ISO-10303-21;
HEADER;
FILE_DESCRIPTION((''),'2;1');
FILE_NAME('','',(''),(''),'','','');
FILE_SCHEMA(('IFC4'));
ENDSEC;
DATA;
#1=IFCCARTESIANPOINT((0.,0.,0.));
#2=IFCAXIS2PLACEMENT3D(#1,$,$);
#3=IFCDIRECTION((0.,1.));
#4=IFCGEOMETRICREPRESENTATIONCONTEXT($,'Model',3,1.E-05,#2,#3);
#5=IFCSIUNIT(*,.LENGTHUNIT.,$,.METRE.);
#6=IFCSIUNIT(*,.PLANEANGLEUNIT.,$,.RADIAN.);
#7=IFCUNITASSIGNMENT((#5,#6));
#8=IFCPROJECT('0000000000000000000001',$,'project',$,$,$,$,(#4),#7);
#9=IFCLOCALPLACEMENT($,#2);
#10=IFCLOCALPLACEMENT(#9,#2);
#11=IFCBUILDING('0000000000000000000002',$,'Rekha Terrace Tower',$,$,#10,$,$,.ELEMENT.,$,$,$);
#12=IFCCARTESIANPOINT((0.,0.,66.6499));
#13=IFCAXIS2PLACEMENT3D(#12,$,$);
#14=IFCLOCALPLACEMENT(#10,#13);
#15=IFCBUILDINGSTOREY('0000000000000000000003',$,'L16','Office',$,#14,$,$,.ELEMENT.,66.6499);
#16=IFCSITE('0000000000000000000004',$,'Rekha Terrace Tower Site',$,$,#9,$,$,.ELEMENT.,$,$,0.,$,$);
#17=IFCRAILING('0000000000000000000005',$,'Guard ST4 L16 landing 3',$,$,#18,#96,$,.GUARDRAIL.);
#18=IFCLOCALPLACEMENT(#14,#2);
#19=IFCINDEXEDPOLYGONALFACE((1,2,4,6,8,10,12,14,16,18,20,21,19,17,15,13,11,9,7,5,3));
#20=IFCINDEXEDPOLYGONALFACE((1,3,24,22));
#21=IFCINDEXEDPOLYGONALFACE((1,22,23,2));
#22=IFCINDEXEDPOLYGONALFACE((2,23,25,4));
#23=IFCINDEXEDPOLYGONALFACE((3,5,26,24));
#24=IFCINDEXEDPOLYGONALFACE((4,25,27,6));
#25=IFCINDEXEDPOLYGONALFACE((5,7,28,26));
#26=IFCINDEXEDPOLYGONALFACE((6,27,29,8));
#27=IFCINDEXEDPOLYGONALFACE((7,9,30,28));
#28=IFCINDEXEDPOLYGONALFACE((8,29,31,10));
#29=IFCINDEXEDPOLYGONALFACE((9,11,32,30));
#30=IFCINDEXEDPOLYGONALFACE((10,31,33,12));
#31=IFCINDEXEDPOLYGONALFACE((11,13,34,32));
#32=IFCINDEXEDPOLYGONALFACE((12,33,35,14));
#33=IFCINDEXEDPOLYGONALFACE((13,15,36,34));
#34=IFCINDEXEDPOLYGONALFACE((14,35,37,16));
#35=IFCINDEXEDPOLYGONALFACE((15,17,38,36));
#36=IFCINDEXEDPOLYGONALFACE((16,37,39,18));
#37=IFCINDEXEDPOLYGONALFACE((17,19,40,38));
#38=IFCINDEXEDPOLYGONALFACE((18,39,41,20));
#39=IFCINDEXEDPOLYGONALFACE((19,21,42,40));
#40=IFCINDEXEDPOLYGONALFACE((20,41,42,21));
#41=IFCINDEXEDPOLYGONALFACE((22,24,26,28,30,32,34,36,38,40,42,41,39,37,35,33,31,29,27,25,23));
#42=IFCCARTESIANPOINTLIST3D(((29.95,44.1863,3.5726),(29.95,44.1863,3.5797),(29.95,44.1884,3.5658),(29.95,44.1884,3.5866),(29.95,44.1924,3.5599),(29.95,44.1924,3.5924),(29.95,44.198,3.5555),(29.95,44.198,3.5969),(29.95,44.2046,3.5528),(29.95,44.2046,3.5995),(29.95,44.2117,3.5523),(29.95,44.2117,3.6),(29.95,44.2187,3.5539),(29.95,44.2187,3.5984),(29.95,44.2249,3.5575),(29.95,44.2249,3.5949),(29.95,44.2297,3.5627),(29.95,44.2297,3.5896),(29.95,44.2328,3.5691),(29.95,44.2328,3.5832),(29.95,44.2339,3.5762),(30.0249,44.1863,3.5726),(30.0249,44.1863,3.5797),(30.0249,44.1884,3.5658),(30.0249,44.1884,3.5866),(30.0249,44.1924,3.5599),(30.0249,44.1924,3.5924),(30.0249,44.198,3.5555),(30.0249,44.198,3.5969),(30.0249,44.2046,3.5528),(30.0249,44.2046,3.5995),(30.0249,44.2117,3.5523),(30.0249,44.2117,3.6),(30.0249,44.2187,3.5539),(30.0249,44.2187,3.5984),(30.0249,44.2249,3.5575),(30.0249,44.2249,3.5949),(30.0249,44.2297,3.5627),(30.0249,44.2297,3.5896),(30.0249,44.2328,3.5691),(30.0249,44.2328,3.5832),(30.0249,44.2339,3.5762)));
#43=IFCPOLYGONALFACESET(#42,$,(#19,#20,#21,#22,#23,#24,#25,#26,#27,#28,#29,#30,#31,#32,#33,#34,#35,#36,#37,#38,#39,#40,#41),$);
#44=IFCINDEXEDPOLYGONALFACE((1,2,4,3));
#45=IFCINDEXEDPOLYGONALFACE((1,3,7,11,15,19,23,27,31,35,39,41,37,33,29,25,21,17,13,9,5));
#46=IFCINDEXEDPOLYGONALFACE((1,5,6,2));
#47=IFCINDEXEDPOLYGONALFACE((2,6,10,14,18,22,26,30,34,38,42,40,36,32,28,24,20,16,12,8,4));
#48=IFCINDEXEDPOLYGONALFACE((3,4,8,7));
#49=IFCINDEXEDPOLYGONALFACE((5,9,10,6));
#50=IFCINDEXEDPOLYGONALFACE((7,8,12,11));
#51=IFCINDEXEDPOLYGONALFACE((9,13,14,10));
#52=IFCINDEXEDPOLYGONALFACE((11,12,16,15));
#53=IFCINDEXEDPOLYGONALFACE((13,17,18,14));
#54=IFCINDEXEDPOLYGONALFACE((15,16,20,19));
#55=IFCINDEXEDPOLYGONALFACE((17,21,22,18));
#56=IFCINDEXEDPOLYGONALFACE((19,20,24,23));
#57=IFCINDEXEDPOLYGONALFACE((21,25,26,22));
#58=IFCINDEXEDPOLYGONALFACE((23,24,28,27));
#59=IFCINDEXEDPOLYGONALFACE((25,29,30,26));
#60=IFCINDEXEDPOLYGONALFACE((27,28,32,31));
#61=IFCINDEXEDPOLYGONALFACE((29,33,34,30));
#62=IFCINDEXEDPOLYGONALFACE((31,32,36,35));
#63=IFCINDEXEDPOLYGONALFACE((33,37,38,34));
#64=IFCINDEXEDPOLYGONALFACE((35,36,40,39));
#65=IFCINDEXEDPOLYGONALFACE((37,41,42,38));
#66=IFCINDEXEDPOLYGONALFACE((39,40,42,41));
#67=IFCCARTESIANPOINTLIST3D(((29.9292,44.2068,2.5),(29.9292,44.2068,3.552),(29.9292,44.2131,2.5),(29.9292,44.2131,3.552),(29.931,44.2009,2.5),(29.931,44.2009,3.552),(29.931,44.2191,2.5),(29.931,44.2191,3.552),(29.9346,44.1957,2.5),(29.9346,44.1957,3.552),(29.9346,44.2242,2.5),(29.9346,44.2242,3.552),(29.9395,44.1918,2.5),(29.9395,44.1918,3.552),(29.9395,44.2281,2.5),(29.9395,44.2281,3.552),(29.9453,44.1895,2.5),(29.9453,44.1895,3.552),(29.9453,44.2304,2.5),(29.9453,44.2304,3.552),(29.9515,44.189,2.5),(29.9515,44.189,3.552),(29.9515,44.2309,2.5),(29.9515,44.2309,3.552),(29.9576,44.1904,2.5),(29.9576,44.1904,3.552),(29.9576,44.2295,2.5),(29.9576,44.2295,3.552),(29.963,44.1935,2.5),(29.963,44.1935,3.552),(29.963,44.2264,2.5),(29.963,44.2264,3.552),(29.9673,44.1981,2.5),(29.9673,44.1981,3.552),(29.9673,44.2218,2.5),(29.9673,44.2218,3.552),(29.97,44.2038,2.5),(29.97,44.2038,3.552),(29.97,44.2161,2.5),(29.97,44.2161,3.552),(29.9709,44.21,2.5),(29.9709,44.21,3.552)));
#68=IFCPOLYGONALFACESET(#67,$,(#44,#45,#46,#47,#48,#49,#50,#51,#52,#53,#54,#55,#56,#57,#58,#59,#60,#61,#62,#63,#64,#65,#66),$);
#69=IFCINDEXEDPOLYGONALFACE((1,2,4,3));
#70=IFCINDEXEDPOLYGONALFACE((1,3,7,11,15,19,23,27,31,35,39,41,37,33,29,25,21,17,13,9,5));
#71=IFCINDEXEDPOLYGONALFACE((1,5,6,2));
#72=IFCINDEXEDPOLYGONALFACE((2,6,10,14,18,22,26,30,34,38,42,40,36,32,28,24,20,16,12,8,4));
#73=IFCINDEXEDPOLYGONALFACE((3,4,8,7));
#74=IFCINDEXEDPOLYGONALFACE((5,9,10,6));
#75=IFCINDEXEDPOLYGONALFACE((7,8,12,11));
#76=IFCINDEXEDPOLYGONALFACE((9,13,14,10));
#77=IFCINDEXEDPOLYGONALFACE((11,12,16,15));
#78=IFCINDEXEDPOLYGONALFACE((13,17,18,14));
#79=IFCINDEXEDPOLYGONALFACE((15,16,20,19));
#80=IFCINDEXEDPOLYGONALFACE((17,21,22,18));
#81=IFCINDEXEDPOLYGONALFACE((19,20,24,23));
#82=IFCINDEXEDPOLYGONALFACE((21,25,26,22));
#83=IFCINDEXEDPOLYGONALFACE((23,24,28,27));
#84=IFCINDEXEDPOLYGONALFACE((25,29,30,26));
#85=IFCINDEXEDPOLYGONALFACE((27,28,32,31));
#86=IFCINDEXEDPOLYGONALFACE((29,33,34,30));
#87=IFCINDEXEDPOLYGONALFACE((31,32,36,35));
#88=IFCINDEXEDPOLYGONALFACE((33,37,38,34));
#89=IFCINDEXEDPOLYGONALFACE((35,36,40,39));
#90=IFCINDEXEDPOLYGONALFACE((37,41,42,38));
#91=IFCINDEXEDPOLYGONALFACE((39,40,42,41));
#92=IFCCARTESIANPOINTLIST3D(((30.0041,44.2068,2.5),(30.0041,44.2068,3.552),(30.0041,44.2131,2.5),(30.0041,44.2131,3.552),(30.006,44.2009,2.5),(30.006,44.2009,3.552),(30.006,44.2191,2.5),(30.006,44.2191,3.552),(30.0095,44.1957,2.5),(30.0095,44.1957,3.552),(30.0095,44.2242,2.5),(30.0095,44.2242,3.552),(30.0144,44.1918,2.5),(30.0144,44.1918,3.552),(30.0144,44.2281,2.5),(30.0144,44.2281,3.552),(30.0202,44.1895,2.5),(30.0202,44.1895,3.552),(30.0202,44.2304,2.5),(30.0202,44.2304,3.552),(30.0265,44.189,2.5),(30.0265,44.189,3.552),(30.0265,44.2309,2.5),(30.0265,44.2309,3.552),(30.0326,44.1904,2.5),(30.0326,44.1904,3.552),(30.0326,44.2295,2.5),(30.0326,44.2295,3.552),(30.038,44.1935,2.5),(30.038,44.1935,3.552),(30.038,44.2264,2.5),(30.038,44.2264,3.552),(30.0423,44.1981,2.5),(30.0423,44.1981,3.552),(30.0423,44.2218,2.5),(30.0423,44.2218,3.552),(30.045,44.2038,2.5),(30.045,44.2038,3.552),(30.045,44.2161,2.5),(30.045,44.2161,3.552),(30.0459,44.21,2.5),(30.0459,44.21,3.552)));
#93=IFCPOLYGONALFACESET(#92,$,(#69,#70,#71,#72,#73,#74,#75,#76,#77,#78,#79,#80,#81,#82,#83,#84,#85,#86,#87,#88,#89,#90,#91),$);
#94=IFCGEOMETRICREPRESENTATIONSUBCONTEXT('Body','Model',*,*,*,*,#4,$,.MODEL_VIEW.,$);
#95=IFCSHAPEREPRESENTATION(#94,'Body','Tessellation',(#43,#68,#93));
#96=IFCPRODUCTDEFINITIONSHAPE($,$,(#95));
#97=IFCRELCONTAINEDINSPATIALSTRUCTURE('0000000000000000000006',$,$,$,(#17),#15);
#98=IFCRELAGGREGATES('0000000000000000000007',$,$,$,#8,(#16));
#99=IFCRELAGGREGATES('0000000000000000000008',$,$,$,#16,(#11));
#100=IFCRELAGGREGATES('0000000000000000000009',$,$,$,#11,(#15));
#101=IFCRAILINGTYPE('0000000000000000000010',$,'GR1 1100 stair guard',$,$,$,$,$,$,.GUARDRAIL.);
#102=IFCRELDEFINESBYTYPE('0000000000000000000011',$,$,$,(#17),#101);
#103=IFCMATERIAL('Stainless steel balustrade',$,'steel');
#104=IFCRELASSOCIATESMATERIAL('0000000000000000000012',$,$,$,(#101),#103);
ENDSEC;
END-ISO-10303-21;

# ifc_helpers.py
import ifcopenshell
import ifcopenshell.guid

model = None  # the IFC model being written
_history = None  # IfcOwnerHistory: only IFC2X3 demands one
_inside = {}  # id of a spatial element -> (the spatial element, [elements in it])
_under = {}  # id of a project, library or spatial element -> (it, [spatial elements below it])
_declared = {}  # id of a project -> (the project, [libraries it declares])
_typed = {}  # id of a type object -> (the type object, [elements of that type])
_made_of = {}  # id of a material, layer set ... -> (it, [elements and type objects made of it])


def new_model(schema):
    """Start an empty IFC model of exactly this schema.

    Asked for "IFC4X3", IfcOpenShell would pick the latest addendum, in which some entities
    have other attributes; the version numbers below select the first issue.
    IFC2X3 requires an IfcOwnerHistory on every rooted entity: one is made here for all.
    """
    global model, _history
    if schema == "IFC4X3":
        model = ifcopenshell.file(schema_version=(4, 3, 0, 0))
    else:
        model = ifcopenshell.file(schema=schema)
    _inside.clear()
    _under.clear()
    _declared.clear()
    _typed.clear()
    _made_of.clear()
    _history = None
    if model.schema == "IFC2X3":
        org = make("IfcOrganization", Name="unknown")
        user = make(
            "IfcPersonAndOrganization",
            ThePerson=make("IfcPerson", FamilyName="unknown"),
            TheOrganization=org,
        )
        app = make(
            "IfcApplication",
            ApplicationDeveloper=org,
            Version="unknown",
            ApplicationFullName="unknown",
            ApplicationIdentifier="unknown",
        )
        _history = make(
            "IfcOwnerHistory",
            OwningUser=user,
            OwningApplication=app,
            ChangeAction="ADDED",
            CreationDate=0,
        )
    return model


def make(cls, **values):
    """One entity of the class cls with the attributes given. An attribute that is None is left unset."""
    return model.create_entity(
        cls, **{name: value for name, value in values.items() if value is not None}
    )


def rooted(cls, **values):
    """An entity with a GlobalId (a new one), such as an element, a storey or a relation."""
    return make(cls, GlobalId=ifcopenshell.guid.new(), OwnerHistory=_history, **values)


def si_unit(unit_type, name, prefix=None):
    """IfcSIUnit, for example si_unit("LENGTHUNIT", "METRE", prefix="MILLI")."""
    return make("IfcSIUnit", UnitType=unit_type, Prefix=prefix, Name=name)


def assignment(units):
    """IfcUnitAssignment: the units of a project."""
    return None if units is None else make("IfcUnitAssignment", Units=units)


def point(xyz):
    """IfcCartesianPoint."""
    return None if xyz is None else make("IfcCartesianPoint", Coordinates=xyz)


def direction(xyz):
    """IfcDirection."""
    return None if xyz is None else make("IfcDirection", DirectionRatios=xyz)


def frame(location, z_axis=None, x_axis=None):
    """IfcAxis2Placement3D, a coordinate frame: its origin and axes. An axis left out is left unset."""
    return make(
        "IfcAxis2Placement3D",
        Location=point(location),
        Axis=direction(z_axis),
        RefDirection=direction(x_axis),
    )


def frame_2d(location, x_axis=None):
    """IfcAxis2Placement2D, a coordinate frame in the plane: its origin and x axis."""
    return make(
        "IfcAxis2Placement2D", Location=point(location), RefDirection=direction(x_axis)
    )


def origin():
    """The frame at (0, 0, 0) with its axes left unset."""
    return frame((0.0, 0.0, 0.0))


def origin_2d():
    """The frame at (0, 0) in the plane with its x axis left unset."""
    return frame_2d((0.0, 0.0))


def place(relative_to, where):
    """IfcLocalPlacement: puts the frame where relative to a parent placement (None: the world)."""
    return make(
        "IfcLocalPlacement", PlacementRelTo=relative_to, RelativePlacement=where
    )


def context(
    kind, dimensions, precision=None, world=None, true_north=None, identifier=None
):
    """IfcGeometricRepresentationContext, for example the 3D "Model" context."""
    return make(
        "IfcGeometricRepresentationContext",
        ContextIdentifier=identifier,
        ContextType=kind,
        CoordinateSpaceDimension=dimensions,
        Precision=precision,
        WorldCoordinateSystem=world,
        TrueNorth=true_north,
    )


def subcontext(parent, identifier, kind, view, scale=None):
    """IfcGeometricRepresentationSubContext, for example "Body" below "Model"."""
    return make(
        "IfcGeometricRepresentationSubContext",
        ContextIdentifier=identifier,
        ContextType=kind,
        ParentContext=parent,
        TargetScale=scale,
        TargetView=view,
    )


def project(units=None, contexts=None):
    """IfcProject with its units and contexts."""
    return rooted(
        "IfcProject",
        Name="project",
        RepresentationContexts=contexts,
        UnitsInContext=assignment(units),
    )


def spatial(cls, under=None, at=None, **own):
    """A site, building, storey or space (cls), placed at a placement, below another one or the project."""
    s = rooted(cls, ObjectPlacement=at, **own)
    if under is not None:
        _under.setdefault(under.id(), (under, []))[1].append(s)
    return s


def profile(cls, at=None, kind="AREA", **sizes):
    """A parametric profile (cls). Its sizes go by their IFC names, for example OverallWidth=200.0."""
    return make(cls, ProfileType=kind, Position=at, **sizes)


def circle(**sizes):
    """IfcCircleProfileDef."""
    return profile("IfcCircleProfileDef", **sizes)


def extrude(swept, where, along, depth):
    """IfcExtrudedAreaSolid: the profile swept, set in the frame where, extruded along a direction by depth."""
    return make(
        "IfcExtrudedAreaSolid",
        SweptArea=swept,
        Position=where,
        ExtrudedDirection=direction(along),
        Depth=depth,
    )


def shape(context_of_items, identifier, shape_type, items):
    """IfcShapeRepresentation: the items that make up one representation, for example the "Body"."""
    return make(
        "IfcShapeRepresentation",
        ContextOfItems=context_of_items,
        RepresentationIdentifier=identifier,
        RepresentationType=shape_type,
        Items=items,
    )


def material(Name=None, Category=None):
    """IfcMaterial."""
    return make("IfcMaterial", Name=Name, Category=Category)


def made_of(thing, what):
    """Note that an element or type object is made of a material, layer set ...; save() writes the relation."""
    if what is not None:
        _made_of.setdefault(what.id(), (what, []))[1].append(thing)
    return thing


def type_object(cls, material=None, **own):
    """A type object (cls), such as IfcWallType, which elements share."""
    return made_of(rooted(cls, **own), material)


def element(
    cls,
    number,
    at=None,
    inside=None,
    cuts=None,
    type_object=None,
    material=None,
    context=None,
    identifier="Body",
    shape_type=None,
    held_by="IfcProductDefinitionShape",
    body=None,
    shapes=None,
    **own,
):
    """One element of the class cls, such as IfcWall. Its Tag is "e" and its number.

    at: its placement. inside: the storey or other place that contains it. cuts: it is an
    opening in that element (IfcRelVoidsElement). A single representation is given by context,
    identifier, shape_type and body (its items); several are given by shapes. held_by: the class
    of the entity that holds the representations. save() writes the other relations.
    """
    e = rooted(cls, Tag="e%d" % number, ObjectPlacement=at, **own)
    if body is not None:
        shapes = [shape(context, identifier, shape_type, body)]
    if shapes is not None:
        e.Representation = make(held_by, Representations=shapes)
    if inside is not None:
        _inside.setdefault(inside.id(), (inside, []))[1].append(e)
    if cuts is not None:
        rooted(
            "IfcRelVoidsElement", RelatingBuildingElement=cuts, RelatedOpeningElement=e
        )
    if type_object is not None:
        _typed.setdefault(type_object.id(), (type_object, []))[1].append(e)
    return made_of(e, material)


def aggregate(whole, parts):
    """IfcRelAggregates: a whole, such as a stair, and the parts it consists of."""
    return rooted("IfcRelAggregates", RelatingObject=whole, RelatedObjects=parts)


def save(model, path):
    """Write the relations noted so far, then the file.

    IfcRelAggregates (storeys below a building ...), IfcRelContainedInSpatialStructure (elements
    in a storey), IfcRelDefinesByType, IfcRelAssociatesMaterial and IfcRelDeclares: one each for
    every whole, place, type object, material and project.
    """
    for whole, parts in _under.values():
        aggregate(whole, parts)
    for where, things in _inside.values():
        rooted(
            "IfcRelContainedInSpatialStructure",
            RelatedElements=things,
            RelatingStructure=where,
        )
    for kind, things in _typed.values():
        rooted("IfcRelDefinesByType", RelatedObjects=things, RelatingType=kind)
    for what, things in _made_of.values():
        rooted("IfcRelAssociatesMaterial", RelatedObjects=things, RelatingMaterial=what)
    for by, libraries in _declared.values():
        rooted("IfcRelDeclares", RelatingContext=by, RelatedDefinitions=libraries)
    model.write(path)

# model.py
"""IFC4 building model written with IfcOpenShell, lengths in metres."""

from ifc_helpers import new_model, si_unit, direction, frame, origin, origin_2d, place, context, subcontext, project, spatial, circle, extrude, material, type_object, element, save


model = new_model("IFC4")

# Units and contexts
model_context = context("Model", 3, precision=1e-05, world=origin(), true_north=direction((0.0, 1.0)))
body_context = subcontext(model_context, "Body", "Model", "MODEL_VIEW")
ifc_project = project(units=[si_unit("LENGTHUNIT", "METRE"), si_unit("PLANEANGLEUNIT", "RADIAN")], contexts=[model_context])

# Site, building, storey
site_placement = place(None, origin())
site = spatial("IfcSite", under=ifc_project, at=site_placement, Name="Rekha Terrace Tower Site", CompositionType="ELEMENT", RefElevation=0.0)
building_placement = place(site_placement, origin())
building = spatial("IfcBuilding", under=site, at=building_placement, Name="Rekha Terrace Tower", CompositionType="ELEMENT")
storey_placement = place(building_placement, frame((0.0, 0.0, 66.6499)))
storey = spatial("IfcBuildingStorey", under=building, at=storey_placement, Name="L16", Description="Office", CompositionType="ELEMENT", Elevation=66.6499)

# Railing
ifc_material_1 = material(Name="Stainless steel balustrade", Category="steel")
railing_type_1 = type_object("IfcRailingType", Name="GR1 1100 stair guard", PredefinedType="GUARDRAIL", material=ifc_material_1)
railing_1_placement = place(storey_placement, frame((29.95, 44.21, 2.5)))
element("IfcRailing", 1, at=railing_1_placement, inside=storey, type_object=railing_type_1, Name="Guard ST4 L16 landing 3", PredefinedType="GUARDRAIL", context=body_context, shape_type="SweptSolid", body=[
    extrude(circle(Radius=0.0239, at=origin_2d()), frame((0.0, 0.0, 1.0762), z_axis=(1.0, 0.0, 0.0), x_axis=(0.0, 1.0, 0.0)), (0.0, 0.0, 1.0), 0.075),
    extrude(circle(Radius=0.021, at=origin_2d()), origin(), (0.0, 0.0, 1.0), 1.052),
    extrude(circle(Radius=0.021, at=origin_2d()), frame((0.075, 0.0, 0.0)), (0.0, 0.0, 1.0), 1.052),
])

save(model, "model.ifc")
